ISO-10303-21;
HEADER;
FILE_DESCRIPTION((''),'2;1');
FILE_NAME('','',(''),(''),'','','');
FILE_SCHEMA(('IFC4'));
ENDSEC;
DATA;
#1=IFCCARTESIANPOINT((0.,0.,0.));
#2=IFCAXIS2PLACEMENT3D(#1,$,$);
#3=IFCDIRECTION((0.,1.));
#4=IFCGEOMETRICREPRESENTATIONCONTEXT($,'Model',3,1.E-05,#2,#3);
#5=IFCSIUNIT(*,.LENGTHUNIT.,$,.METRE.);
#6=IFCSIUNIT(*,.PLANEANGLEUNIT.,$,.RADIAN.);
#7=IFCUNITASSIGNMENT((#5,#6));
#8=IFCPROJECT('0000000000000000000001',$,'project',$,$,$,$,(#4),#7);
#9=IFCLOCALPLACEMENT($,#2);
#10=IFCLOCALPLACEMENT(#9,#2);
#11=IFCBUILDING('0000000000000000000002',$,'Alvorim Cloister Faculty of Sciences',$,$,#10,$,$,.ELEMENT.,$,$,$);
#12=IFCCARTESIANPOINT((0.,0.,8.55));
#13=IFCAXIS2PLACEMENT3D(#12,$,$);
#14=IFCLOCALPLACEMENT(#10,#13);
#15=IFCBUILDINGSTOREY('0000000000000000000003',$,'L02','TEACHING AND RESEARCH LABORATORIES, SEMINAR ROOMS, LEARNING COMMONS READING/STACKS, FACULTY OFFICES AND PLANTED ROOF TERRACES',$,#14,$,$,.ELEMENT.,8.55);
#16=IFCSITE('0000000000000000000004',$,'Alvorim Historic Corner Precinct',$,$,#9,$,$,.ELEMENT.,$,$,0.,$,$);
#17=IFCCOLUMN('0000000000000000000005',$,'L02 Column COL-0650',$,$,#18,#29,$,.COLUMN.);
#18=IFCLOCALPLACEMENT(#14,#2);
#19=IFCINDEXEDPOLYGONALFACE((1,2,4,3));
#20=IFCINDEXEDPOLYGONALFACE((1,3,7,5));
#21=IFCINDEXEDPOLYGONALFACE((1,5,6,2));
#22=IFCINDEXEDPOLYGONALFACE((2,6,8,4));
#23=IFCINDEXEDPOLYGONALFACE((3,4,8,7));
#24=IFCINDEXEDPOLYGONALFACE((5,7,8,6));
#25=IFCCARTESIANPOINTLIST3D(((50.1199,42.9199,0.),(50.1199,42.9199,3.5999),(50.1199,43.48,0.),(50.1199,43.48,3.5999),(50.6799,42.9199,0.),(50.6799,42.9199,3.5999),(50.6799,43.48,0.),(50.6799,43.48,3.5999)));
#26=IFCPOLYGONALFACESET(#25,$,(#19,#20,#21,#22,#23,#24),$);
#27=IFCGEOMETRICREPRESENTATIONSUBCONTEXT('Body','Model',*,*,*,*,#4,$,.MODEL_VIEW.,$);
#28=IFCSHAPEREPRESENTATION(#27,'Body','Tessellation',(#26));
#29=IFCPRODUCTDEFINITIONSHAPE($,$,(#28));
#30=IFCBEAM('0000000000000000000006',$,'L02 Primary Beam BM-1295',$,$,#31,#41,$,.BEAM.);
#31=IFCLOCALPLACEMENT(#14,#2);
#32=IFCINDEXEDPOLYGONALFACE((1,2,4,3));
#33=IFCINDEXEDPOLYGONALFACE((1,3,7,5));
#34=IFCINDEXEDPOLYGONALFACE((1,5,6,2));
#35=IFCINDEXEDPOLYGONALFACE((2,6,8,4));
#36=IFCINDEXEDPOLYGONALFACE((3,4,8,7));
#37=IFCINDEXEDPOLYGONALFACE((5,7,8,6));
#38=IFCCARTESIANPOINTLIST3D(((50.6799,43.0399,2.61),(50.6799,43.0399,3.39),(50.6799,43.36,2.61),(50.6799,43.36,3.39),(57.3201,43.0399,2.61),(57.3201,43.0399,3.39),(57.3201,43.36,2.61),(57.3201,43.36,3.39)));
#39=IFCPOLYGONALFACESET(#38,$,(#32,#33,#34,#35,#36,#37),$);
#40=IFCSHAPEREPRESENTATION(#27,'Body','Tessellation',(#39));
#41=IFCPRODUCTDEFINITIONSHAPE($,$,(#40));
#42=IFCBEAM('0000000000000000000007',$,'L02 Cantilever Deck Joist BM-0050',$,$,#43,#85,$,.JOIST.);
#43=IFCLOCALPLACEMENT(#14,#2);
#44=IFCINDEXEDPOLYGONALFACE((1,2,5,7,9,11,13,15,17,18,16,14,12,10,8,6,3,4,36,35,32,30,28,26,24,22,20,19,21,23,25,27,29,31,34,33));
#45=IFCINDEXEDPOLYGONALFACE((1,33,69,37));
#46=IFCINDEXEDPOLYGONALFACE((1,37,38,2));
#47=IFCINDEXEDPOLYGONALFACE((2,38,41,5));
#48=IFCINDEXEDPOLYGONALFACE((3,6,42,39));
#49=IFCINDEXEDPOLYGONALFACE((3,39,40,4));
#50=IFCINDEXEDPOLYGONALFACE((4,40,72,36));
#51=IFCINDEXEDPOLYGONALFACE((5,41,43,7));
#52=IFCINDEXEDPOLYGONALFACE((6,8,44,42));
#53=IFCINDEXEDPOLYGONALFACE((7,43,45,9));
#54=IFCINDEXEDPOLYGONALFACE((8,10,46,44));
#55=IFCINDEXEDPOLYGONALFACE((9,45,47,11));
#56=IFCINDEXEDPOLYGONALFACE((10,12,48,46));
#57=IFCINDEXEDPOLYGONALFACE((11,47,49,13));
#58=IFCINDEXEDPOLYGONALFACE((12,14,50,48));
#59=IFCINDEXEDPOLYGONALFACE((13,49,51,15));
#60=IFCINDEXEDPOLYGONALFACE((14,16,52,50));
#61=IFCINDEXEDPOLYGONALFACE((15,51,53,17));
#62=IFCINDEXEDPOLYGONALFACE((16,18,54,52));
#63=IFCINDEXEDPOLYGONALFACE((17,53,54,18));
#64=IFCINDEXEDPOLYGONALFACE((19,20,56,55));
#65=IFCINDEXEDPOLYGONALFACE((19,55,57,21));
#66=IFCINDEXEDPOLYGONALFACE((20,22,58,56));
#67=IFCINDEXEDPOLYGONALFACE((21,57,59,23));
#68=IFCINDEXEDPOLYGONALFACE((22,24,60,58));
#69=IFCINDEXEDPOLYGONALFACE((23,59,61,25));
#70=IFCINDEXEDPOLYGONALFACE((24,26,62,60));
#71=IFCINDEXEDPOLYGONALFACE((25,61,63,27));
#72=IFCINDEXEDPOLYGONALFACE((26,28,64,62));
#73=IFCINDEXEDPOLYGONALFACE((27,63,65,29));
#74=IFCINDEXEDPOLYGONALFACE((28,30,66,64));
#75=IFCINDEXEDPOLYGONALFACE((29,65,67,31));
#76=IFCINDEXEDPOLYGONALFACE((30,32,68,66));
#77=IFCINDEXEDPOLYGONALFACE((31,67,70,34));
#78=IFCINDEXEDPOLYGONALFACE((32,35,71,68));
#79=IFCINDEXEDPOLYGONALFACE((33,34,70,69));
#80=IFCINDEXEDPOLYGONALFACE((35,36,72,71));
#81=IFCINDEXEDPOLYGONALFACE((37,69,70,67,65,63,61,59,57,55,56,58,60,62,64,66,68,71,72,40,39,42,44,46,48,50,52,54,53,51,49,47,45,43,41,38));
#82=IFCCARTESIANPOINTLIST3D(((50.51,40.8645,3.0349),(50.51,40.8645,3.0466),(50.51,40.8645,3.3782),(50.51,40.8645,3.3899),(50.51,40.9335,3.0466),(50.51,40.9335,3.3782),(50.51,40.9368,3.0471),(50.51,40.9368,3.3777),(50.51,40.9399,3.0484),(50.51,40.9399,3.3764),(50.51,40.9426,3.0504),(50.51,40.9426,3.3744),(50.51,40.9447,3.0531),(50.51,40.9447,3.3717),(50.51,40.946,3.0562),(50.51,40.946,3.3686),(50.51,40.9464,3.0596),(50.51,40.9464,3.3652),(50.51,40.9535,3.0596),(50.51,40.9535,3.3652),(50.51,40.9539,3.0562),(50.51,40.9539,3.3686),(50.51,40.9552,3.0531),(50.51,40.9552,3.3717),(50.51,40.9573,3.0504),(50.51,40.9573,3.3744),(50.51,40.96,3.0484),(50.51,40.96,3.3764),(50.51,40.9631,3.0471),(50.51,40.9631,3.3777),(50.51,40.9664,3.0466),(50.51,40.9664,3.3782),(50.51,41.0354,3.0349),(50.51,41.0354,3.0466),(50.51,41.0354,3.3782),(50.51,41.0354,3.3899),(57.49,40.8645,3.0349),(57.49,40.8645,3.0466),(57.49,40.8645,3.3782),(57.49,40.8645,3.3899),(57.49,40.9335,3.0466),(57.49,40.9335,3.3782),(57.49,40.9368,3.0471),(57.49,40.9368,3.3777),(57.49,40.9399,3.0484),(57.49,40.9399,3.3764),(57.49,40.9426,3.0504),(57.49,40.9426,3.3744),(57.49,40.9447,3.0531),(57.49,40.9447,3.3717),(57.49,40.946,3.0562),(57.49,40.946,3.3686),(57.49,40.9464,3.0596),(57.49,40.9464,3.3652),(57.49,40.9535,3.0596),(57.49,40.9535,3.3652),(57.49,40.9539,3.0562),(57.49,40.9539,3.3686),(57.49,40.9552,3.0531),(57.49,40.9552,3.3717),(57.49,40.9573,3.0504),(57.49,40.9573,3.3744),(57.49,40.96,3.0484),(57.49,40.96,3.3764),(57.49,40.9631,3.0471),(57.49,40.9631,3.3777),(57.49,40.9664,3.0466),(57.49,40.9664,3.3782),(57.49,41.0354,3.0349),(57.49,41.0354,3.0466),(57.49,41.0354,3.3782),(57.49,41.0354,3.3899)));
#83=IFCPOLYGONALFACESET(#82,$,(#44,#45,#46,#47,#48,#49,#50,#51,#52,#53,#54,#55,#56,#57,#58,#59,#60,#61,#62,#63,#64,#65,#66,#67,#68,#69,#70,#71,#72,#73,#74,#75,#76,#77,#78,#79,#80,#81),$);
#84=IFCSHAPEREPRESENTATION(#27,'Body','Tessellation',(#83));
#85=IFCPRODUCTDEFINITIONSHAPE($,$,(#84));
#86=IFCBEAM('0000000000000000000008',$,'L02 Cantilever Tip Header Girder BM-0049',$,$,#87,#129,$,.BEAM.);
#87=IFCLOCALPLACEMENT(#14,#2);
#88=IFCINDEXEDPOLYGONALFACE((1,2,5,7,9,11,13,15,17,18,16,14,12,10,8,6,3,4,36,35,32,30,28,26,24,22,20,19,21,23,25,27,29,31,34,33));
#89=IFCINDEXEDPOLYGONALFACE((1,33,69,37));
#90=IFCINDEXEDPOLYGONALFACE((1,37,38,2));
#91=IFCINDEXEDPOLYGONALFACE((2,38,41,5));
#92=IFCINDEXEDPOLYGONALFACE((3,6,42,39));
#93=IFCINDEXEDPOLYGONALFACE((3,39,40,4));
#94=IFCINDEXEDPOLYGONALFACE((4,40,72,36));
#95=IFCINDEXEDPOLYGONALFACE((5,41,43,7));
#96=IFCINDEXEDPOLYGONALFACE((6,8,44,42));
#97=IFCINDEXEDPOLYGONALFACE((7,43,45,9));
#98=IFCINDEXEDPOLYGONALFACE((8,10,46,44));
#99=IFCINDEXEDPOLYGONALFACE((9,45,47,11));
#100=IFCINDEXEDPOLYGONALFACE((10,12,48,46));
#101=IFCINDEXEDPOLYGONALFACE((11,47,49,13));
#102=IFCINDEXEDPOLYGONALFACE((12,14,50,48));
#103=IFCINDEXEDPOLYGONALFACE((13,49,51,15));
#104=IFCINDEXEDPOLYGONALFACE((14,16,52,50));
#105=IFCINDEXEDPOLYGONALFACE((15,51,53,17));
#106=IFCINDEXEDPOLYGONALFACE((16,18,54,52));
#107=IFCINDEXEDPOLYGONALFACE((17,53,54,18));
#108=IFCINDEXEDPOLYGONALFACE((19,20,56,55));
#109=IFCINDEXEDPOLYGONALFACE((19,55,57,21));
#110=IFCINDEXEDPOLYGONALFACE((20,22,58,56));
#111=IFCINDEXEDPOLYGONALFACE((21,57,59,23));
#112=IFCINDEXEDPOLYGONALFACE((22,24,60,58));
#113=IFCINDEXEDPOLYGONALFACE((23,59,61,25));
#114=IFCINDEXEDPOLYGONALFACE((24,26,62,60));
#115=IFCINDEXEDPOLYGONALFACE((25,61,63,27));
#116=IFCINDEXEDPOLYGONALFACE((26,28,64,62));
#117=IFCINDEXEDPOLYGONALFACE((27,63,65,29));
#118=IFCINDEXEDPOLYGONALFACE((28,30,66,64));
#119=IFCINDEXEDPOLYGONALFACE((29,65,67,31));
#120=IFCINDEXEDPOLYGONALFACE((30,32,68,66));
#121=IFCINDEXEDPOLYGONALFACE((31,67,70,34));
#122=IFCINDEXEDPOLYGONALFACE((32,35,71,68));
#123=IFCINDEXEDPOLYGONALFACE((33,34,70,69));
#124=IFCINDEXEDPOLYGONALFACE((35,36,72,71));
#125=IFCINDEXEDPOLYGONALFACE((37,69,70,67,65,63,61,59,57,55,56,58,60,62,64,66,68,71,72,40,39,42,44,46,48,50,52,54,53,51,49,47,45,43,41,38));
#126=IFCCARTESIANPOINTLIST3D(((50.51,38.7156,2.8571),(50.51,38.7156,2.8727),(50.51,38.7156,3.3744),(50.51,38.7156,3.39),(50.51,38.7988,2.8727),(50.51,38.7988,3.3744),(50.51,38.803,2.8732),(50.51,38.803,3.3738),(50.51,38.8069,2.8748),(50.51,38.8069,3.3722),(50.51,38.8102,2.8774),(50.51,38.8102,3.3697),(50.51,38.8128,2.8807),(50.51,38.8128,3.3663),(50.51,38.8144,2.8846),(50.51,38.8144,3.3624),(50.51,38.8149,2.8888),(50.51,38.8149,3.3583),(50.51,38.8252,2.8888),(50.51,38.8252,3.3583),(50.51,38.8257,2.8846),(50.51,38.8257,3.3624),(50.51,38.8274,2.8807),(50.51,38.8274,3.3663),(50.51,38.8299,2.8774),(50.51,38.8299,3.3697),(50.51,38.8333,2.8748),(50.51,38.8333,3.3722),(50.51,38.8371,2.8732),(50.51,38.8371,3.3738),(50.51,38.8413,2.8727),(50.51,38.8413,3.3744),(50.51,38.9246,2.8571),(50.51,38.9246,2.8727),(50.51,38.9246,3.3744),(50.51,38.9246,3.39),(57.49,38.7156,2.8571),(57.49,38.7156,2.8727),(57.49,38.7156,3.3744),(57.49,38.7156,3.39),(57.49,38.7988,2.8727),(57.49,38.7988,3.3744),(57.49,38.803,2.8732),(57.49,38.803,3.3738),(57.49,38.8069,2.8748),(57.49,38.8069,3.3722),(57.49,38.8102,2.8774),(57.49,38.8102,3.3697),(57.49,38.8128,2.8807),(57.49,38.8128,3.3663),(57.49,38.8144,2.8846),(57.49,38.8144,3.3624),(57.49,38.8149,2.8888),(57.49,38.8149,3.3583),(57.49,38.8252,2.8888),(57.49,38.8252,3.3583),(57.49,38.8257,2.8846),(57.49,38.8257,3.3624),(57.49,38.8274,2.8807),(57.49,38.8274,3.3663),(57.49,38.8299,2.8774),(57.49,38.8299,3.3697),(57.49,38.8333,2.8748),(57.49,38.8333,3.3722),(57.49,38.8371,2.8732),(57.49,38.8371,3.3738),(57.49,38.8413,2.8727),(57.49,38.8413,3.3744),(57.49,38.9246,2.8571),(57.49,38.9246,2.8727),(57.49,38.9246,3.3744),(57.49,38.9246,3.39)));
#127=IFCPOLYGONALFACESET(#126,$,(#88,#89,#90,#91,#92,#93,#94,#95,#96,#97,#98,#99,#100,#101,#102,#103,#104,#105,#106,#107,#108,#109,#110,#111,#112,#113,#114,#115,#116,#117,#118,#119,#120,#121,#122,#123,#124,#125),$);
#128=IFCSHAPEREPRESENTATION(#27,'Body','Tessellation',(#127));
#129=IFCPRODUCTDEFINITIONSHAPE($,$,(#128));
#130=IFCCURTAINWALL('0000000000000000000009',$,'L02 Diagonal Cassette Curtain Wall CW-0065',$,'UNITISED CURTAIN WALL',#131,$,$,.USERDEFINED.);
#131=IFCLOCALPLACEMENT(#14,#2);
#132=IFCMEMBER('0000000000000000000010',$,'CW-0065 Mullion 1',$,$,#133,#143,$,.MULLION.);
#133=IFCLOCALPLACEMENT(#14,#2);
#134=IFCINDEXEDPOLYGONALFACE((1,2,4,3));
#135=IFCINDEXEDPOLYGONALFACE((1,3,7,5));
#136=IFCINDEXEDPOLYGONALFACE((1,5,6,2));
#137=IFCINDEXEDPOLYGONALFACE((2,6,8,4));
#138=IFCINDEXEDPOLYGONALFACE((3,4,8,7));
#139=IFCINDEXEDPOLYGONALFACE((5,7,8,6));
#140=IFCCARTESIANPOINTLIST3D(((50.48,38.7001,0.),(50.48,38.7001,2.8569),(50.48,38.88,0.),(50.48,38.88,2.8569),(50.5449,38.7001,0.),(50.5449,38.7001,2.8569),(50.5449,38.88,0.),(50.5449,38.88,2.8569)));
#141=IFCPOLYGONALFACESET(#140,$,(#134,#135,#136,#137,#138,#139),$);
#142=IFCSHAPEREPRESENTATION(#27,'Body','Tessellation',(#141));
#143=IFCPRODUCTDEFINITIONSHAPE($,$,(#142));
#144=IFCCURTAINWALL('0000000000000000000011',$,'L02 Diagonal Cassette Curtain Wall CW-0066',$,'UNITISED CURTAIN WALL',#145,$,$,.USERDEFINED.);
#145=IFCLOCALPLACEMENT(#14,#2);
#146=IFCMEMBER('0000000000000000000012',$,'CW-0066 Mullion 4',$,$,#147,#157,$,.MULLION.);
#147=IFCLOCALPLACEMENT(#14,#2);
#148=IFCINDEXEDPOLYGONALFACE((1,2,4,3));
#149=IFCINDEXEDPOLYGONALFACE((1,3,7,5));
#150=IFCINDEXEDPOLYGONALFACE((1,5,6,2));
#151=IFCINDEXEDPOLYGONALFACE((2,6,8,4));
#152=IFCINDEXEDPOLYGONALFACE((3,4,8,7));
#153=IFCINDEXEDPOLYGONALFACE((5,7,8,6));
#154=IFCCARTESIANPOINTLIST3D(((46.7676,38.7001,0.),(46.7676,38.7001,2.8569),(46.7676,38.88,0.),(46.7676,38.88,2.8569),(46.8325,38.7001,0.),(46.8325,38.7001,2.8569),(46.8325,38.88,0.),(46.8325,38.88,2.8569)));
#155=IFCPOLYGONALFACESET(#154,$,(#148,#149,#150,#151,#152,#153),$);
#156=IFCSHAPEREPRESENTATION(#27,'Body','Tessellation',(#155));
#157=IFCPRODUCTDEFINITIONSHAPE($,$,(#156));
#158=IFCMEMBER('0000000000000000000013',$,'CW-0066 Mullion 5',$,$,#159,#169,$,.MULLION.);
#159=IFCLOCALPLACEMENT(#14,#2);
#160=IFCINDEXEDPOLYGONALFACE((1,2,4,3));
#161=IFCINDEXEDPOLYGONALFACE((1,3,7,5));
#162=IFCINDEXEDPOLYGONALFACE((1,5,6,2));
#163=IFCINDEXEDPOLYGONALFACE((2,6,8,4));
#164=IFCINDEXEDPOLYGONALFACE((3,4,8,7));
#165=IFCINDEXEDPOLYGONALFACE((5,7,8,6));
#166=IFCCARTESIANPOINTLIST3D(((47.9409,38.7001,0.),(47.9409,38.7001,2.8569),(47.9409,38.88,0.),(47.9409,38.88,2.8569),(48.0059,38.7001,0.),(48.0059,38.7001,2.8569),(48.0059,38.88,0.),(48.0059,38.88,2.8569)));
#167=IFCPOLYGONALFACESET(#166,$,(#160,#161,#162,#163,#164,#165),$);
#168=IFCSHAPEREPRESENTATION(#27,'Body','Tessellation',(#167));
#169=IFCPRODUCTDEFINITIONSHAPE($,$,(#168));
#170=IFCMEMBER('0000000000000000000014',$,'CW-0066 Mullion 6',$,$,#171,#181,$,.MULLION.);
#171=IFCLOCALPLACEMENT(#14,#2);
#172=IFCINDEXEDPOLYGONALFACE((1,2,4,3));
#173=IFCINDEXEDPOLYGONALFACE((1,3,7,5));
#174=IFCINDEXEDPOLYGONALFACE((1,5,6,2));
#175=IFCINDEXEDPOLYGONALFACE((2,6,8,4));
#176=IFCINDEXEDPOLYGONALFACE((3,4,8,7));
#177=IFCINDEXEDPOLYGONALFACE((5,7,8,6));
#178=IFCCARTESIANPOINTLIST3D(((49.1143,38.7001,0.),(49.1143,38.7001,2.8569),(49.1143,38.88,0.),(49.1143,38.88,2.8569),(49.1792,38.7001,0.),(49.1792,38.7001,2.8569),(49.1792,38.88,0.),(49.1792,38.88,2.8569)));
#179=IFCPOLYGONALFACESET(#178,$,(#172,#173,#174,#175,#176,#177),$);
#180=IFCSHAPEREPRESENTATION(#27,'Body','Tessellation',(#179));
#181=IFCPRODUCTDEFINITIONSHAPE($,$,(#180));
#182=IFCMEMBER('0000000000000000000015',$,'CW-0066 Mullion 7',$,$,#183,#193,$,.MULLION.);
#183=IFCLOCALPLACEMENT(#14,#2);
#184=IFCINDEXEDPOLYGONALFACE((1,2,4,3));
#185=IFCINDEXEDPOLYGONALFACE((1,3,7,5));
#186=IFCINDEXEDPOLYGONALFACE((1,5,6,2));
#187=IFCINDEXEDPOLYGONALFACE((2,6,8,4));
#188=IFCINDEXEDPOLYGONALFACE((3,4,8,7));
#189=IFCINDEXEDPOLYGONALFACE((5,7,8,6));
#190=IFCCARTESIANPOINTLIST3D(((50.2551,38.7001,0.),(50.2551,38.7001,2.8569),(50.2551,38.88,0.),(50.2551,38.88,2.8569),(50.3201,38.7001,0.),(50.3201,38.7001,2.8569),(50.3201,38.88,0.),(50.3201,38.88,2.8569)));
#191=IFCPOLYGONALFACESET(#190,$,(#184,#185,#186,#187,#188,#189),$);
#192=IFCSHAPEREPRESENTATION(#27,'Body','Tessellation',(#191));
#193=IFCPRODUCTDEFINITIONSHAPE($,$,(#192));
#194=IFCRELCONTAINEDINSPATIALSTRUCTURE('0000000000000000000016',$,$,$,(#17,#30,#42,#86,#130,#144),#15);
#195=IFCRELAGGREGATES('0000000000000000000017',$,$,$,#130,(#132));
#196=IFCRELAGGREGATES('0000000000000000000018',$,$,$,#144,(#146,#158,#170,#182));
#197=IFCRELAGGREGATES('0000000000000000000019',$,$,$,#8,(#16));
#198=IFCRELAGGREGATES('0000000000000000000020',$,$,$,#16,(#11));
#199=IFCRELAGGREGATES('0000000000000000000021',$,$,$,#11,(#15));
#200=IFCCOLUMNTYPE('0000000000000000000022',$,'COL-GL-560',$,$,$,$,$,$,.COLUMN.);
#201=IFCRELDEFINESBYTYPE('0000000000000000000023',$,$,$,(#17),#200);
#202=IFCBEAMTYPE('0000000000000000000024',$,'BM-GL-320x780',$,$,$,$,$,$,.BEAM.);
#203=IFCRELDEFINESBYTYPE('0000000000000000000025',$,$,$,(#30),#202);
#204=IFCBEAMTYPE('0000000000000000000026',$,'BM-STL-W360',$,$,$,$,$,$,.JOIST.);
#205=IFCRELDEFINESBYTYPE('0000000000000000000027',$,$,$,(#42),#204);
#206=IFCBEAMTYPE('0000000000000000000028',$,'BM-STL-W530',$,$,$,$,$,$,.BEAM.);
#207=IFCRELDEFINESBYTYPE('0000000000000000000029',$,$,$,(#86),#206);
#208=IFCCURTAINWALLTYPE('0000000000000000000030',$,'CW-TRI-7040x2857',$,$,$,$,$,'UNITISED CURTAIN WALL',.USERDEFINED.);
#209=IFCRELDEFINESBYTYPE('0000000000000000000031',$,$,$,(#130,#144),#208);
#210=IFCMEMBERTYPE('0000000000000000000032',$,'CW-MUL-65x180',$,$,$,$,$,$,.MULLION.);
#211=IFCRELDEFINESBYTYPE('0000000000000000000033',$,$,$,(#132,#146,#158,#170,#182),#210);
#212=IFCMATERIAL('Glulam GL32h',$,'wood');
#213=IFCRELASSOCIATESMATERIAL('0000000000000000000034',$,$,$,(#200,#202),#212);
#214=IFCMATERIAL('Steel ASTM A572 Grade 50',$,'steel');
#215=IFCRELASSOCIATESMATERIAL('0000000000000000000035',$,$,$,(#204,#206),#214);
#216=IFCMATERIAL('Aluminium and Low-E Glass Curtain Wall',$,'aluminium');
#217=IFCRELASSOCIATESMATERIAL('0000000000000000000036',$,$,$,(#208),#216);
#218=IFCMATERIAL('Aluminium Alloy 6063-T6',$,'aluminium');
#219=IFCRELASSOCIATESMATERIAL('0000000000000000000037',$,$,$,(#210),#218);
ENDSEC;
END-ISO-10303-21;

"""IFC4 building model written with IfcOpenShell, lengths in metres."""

from ifc_helpers import new_model, si_unit, direction, frame, origin, origin_2d, place, context, subcontext, project, spatial, rectangle, i_section, extrude, material, material_profile, profile_set, type_object, element, aggregate, save


model = new_model("IFC4")

# Units and contexts
model_context = context("Model", 3, precision=1e-05, world=origin(), true_north=direction((0.0, 1.0)))
body_context = subcontext(model_context, "Body", "Model", "MODEL_VIEW")
ifc_project = project(units=[si_unit("LENGTHUNIT", "METRE"), si_unit("PLANEANGLEUNIT", "RADIAN")], contexts=[model_context])

# Site, building, storey
site_placement = place(None, origin())
site = spatial("IfcSite", under=ifc_project, at=site_placement, Name="Alvorim Historic Corner Precinct", CompositionType="ELEMENT", RefElevation=0.0)
building_placement = place(site_placement, origin())
building = spatial("IfcBuilding", under=site, at=building_placement, Name="Alvorim Cloister Faculty of Sciences", CompositionType="ELEMENT")
storey_placement = place(building_placement, frame((0.0, 0.0, 8.55)))
storey = spatial("IfcBuildingStorey", under=building, at=storey_placement, Name="L02", Description="TEACHING AND RESEARCH LABORATORIES, SEMINAR ROOMS, LEARNING COMMONS READING/STACKS, FACULTY OFFICES AND PLANTED ROOF TERRACES", CompositionType="ELEMENT", Elevation=8.55)

# Column
ifc_material_1 = material(Name="Glulam GL32h", Category="wood")
ifc_material_profile_1 = material_profile(ifc_material_1, rectangle(XDim=0.5601, YDim=0.5601, at=origin_2d()), Name="GL32-COL-560x560")
ifc_profile_set_1 = profile_set([ifc_material_profile_1], Name="Glulam GL32h")
column_type = type_object("IfcColumnType", Name="COL-GL-560", PredefinedType="COLUMN", material=ifc_profile_set_1)
column_placement = place(storey_placement, frame((50.3999, 43.2, 0.0), z_axis=(0.0, 0.0, 1.0), x_axis=(1.0, 0.0, 0.0)))
element("IfcColumn", 1, at=column_placement, inside=storey, type_object=column_type, Name="L02 Column COL-0650", PredefinedType="COLUMN", context=body_context, shape_type="SweptSolid", body=[
    extrude(rectangle(XDim=0.5601, YDim=0.5601, at=origin_2d()), origin(), (0.0, 0.0, 1.0), 3.5999),
])

# Beams
ifc_material_profile_2 = material_profile(ifc_material_1, rectangle(XDim=0.3201, YDim=0.78, at=origin_2d()), Name="GL32-BM-320x780")
ifc_profile_set_2 = profile_set([ifc_material_profile_2], Name="Glulam GL32h")
beam_type_1 = type_object("IfcBeamType", Name="BM-GL-320x780", PredefinedType="BEAM", material=ifc_profile_set_2)
beam_1_placement = place(storey_placement, frame((50.6799, 43.2, 3.0), z_axis=(1.0, 0.0, 0.0), x_axis=(0.0, 1.0, 0.0)))
element("IfcBeam", 2, at=beam_1_placement, inside=storey, type_object=beam_type_1, Name="L02 Primary Beam BM-1295", PredefinedType="BEAM", context=body_context, shape_type="SweptSolid", body=[
    extrude(rectangle(XDim=0.3201, YDim=0.78, at=origin_2d()), origin(), (0.0, 0.0, 1.0), 6.6401),
])
ifc_material_2 = material(Name="Steel ASTM A572 Grade 50", Category="steel")
ifc_material_profile_3 = material_profile(ifc_material_2, i_section(OverallWidth=0.1709, OverallDepth=0.355, WebThickness=0.0071, FlangeThickness=0.0117, FilletRadius=0.0129, at=origin_2d()), Name="W360x51.0")
ifc_profile_set_3 = profile_set([ifc_material_profile_3], Name="Steel ASTM A572 Grade 50")
beam_type_2 = type_object("IfcBeamType", Name="BM-STL-W360", PredefinedType="JOIST", material=ifc_profile_set_3)
beam_2_placement = place(storey_placement, frame((50.51, 40.95, 3.2124), z_axis=(1.0, 0.0, 0.0), x_axis=(0.0, 1.0, 0.0)))
element("IfcBeam", 3, at=beam_2_placement, inside=storey, type_object=beam_type_2, Name="L02 Cantilever Deck Joist BM-0050", PredefinedType="JOIST", context=body_context, shape_type="SweptSolid", body=[
    extrude(i_section(OverallWidth=0.1709, OverallDepth=0.355, WebThickness=0.0071, FlangeThickness=0.0117, FilletRadius=0.0129, at=origin_2d()), origin(), (0.0, 0.0, 1.0), 6.98),
])
ifc_material_profile_4 = material_profile(ifc_material_2, i_section(OverallWidth=0.209, OverallDepth=0.533, WebThickness=0.0103, FlangeThickness=0.0156, FilletRadius=0.0161, at=origin_2d()), Name="W530x92.0")
ifc_profile_set_4 = profile_set([ifc_material_profile_4], Name="Steel ASTM A572 Grade 50")
beam_type_3 = type_object("IfcBeamType", Name="BM-STL-W530", PredefinedType="BEAM", material=ifc_profile_set_4)
beam_3_placement = place(storey_placement, frame((50.51, 38.8201, 3.1235), z_axis=(1.0, 0.0, 0.0), x_axis=(0.0, 1.0, 0.0)))
element("IfcBeam", 4, at=beam_3_placement, inside=storey, type_object=beam_type_3, Name="L02 Cantilever Tip Header Girder BM-0049", PredefinedType="BEAM", context=body_context, shape_type="SweptSolid", body=[
    extrude(i_section(OverallWidth=0.209, OverallDepth=0.533, WebThickness=0.0103, FlangeThickness=0.0156, FilletRadius=0.0161, at=origin_2d()), origin(), (0.0, 0.0, 1.0), 6.98),
])

# Curtain wall, member
ifc_material_3 = material(Name="Aluminium and Low-E Glass Curtain Wall", Category="aluminium")
curtain_wall_type = type_object("IfcCurtainWallType", Name="CW-TRI-7040x2857", ElementType="UNITISED CURTAIN WALL", PredefinedType="USERDEFINED", material=ifc_material_3)
curtain_wall_1_placement = place(storey_placement, origin())
curtain_wall_1 = element("IfcCurtainWall", 5, at=curtain_wall_1_placement, inside=storey, type_object=curtain_wall_type, Name="L02 Diagonal Cassette Curtain Wall CW-0065", ObjectType="UNITISED CURTAIN WALL", PredefinedType="USERDEFINED")
ifc_material_4 = material(Name="Aluminium Alloy 6063-T6", Category="aluminium")
ifc_material_profile_5 = material_profile(ifc_material_4, rectangle(XDim=0.0649, YDim=0.1799, at=origin_2d()), Name="ALU-MUL-65x180")
ifc_profile_set_5 = profile_set([ifc_material_profile_5], Name="Aluminium Alloy 6063-T6")
member_type_1 = type_object("IfcMemberType", Name="CW-MUL-65x180", PredefinedType="MULLION", material=ifc_profile_set_5)
member_1_placement = place(storey_placement, frame((50.5125, 38.79, 0.0), z_axis=(0.0, 0.0, 1.0), x_axis=(1.0, 0.0, 0.0)))
member_1 = element("IfcMember", 6, at=member_1_placement, type_object=member_type_1, Name="CW-0065 Mullion 1", PredefinedType="MULLION", context=body_context, shape_type="SweptSolid", body=[
    extrude(rectangle(XDim=0.0649, YDim=0.1799, at=origin_2d()), origin(), (0.0, 0.0, 1.0), 2.8569),
])

# Curtain wall, members
curtain_wall_2_placement = place(storey_placement, origin())
curtain_wall_2 = element("IfcCurtainWall", 7, at=curtain_wall_2_placement, inside=storey, type_object=curtain_wall_type, Name="L02 Diagonal Cassette Curtain Wall CW-0066", ObjectType="UNITISED CURTAIN WALL", PredefinedType="USERDEFINED")
member_2_placement = place(storey_placement, frame((46.8, 38.79, 0.0), z_axis=(0.0, 0.0, 1.0), x_axis=(1.0, 0.0, 0.0)))
member_2 = element("IfcMember", 8, at=member_2_placement, type_object=member_type_1, Name="CW-0066 Mullion 4", PredefinedType="MULLION", context=body_context, shape_type="SweptSolid", body=[
    extrude(rectangle(XDim=0.0649, YDim=0.1799, at=origin_2d()), origin(), (0.0, 0.0, 1.0), 2.8569),
])
member_3_placement = place(storey_placement, frame((47.9734, 38.79, 0.0), z_axis=(0.0, 0.0, 1.0), x_axis=(1.0, 0.0, 0.0)))
member_3 = element("IfcMember", 9, at=member_3_placement, type_object=member_type_1, Name="CW-0066 Mullion 5", PredefinedType="MULLION", context=body_context, shape_type="SweptSolid", body=[
    extrude(rectangle(XDim=0.0649, YDim=0.1799, at=origin_2d()), origin(), (0.0, 0.0, 1.0), 2.8569),
])
member_4_placement = place(storey_placement, frame((49.1467, 38.79, 0.0), z_axis=(0.0, 0.0, 1.0), x_axis=(1.0, 0.0, 0.0)))
member_4 = element("IfcMember", 10, at=member_4_placement, type_object=member_type_1, Name="CW-0066 Mullion 6", PredefinedType="MULLION", context=body_context, shape_type="SweptSolid", body=[
    extrude(rectangle(XDim=0.0649, YDim=0.1799, at=origin_2d()), origin(), (0.0, 0.0, 1.0), 2.8569),
])
member_5_placement = place(storey_placement, frame((50.2876, 38.79, 0.0), z_axis=(0.0, 0.0, 1.0), x_axis=(1.0, 0.0, 0.0)))
member_5 = element("IfcMember", 11, at=member_5_placement, type_object=member_type_1, Name="CW-0066 Mullion 7", PredefinedType="MULLION", context=body_context, shape_type="SweptSolid", body=[
    extrude(rectangle(XDim=0.0649, YDim=0.1799, at=origin_2d()), origin(), (0.0, 0.0, 1.0), 2.8569),
])

aggregate(curtain_wall_1, [member_1])
aggregate(curtain_wall_2, [member_2, member_3, member_4, member_5])

save(model, "model.ifc")
